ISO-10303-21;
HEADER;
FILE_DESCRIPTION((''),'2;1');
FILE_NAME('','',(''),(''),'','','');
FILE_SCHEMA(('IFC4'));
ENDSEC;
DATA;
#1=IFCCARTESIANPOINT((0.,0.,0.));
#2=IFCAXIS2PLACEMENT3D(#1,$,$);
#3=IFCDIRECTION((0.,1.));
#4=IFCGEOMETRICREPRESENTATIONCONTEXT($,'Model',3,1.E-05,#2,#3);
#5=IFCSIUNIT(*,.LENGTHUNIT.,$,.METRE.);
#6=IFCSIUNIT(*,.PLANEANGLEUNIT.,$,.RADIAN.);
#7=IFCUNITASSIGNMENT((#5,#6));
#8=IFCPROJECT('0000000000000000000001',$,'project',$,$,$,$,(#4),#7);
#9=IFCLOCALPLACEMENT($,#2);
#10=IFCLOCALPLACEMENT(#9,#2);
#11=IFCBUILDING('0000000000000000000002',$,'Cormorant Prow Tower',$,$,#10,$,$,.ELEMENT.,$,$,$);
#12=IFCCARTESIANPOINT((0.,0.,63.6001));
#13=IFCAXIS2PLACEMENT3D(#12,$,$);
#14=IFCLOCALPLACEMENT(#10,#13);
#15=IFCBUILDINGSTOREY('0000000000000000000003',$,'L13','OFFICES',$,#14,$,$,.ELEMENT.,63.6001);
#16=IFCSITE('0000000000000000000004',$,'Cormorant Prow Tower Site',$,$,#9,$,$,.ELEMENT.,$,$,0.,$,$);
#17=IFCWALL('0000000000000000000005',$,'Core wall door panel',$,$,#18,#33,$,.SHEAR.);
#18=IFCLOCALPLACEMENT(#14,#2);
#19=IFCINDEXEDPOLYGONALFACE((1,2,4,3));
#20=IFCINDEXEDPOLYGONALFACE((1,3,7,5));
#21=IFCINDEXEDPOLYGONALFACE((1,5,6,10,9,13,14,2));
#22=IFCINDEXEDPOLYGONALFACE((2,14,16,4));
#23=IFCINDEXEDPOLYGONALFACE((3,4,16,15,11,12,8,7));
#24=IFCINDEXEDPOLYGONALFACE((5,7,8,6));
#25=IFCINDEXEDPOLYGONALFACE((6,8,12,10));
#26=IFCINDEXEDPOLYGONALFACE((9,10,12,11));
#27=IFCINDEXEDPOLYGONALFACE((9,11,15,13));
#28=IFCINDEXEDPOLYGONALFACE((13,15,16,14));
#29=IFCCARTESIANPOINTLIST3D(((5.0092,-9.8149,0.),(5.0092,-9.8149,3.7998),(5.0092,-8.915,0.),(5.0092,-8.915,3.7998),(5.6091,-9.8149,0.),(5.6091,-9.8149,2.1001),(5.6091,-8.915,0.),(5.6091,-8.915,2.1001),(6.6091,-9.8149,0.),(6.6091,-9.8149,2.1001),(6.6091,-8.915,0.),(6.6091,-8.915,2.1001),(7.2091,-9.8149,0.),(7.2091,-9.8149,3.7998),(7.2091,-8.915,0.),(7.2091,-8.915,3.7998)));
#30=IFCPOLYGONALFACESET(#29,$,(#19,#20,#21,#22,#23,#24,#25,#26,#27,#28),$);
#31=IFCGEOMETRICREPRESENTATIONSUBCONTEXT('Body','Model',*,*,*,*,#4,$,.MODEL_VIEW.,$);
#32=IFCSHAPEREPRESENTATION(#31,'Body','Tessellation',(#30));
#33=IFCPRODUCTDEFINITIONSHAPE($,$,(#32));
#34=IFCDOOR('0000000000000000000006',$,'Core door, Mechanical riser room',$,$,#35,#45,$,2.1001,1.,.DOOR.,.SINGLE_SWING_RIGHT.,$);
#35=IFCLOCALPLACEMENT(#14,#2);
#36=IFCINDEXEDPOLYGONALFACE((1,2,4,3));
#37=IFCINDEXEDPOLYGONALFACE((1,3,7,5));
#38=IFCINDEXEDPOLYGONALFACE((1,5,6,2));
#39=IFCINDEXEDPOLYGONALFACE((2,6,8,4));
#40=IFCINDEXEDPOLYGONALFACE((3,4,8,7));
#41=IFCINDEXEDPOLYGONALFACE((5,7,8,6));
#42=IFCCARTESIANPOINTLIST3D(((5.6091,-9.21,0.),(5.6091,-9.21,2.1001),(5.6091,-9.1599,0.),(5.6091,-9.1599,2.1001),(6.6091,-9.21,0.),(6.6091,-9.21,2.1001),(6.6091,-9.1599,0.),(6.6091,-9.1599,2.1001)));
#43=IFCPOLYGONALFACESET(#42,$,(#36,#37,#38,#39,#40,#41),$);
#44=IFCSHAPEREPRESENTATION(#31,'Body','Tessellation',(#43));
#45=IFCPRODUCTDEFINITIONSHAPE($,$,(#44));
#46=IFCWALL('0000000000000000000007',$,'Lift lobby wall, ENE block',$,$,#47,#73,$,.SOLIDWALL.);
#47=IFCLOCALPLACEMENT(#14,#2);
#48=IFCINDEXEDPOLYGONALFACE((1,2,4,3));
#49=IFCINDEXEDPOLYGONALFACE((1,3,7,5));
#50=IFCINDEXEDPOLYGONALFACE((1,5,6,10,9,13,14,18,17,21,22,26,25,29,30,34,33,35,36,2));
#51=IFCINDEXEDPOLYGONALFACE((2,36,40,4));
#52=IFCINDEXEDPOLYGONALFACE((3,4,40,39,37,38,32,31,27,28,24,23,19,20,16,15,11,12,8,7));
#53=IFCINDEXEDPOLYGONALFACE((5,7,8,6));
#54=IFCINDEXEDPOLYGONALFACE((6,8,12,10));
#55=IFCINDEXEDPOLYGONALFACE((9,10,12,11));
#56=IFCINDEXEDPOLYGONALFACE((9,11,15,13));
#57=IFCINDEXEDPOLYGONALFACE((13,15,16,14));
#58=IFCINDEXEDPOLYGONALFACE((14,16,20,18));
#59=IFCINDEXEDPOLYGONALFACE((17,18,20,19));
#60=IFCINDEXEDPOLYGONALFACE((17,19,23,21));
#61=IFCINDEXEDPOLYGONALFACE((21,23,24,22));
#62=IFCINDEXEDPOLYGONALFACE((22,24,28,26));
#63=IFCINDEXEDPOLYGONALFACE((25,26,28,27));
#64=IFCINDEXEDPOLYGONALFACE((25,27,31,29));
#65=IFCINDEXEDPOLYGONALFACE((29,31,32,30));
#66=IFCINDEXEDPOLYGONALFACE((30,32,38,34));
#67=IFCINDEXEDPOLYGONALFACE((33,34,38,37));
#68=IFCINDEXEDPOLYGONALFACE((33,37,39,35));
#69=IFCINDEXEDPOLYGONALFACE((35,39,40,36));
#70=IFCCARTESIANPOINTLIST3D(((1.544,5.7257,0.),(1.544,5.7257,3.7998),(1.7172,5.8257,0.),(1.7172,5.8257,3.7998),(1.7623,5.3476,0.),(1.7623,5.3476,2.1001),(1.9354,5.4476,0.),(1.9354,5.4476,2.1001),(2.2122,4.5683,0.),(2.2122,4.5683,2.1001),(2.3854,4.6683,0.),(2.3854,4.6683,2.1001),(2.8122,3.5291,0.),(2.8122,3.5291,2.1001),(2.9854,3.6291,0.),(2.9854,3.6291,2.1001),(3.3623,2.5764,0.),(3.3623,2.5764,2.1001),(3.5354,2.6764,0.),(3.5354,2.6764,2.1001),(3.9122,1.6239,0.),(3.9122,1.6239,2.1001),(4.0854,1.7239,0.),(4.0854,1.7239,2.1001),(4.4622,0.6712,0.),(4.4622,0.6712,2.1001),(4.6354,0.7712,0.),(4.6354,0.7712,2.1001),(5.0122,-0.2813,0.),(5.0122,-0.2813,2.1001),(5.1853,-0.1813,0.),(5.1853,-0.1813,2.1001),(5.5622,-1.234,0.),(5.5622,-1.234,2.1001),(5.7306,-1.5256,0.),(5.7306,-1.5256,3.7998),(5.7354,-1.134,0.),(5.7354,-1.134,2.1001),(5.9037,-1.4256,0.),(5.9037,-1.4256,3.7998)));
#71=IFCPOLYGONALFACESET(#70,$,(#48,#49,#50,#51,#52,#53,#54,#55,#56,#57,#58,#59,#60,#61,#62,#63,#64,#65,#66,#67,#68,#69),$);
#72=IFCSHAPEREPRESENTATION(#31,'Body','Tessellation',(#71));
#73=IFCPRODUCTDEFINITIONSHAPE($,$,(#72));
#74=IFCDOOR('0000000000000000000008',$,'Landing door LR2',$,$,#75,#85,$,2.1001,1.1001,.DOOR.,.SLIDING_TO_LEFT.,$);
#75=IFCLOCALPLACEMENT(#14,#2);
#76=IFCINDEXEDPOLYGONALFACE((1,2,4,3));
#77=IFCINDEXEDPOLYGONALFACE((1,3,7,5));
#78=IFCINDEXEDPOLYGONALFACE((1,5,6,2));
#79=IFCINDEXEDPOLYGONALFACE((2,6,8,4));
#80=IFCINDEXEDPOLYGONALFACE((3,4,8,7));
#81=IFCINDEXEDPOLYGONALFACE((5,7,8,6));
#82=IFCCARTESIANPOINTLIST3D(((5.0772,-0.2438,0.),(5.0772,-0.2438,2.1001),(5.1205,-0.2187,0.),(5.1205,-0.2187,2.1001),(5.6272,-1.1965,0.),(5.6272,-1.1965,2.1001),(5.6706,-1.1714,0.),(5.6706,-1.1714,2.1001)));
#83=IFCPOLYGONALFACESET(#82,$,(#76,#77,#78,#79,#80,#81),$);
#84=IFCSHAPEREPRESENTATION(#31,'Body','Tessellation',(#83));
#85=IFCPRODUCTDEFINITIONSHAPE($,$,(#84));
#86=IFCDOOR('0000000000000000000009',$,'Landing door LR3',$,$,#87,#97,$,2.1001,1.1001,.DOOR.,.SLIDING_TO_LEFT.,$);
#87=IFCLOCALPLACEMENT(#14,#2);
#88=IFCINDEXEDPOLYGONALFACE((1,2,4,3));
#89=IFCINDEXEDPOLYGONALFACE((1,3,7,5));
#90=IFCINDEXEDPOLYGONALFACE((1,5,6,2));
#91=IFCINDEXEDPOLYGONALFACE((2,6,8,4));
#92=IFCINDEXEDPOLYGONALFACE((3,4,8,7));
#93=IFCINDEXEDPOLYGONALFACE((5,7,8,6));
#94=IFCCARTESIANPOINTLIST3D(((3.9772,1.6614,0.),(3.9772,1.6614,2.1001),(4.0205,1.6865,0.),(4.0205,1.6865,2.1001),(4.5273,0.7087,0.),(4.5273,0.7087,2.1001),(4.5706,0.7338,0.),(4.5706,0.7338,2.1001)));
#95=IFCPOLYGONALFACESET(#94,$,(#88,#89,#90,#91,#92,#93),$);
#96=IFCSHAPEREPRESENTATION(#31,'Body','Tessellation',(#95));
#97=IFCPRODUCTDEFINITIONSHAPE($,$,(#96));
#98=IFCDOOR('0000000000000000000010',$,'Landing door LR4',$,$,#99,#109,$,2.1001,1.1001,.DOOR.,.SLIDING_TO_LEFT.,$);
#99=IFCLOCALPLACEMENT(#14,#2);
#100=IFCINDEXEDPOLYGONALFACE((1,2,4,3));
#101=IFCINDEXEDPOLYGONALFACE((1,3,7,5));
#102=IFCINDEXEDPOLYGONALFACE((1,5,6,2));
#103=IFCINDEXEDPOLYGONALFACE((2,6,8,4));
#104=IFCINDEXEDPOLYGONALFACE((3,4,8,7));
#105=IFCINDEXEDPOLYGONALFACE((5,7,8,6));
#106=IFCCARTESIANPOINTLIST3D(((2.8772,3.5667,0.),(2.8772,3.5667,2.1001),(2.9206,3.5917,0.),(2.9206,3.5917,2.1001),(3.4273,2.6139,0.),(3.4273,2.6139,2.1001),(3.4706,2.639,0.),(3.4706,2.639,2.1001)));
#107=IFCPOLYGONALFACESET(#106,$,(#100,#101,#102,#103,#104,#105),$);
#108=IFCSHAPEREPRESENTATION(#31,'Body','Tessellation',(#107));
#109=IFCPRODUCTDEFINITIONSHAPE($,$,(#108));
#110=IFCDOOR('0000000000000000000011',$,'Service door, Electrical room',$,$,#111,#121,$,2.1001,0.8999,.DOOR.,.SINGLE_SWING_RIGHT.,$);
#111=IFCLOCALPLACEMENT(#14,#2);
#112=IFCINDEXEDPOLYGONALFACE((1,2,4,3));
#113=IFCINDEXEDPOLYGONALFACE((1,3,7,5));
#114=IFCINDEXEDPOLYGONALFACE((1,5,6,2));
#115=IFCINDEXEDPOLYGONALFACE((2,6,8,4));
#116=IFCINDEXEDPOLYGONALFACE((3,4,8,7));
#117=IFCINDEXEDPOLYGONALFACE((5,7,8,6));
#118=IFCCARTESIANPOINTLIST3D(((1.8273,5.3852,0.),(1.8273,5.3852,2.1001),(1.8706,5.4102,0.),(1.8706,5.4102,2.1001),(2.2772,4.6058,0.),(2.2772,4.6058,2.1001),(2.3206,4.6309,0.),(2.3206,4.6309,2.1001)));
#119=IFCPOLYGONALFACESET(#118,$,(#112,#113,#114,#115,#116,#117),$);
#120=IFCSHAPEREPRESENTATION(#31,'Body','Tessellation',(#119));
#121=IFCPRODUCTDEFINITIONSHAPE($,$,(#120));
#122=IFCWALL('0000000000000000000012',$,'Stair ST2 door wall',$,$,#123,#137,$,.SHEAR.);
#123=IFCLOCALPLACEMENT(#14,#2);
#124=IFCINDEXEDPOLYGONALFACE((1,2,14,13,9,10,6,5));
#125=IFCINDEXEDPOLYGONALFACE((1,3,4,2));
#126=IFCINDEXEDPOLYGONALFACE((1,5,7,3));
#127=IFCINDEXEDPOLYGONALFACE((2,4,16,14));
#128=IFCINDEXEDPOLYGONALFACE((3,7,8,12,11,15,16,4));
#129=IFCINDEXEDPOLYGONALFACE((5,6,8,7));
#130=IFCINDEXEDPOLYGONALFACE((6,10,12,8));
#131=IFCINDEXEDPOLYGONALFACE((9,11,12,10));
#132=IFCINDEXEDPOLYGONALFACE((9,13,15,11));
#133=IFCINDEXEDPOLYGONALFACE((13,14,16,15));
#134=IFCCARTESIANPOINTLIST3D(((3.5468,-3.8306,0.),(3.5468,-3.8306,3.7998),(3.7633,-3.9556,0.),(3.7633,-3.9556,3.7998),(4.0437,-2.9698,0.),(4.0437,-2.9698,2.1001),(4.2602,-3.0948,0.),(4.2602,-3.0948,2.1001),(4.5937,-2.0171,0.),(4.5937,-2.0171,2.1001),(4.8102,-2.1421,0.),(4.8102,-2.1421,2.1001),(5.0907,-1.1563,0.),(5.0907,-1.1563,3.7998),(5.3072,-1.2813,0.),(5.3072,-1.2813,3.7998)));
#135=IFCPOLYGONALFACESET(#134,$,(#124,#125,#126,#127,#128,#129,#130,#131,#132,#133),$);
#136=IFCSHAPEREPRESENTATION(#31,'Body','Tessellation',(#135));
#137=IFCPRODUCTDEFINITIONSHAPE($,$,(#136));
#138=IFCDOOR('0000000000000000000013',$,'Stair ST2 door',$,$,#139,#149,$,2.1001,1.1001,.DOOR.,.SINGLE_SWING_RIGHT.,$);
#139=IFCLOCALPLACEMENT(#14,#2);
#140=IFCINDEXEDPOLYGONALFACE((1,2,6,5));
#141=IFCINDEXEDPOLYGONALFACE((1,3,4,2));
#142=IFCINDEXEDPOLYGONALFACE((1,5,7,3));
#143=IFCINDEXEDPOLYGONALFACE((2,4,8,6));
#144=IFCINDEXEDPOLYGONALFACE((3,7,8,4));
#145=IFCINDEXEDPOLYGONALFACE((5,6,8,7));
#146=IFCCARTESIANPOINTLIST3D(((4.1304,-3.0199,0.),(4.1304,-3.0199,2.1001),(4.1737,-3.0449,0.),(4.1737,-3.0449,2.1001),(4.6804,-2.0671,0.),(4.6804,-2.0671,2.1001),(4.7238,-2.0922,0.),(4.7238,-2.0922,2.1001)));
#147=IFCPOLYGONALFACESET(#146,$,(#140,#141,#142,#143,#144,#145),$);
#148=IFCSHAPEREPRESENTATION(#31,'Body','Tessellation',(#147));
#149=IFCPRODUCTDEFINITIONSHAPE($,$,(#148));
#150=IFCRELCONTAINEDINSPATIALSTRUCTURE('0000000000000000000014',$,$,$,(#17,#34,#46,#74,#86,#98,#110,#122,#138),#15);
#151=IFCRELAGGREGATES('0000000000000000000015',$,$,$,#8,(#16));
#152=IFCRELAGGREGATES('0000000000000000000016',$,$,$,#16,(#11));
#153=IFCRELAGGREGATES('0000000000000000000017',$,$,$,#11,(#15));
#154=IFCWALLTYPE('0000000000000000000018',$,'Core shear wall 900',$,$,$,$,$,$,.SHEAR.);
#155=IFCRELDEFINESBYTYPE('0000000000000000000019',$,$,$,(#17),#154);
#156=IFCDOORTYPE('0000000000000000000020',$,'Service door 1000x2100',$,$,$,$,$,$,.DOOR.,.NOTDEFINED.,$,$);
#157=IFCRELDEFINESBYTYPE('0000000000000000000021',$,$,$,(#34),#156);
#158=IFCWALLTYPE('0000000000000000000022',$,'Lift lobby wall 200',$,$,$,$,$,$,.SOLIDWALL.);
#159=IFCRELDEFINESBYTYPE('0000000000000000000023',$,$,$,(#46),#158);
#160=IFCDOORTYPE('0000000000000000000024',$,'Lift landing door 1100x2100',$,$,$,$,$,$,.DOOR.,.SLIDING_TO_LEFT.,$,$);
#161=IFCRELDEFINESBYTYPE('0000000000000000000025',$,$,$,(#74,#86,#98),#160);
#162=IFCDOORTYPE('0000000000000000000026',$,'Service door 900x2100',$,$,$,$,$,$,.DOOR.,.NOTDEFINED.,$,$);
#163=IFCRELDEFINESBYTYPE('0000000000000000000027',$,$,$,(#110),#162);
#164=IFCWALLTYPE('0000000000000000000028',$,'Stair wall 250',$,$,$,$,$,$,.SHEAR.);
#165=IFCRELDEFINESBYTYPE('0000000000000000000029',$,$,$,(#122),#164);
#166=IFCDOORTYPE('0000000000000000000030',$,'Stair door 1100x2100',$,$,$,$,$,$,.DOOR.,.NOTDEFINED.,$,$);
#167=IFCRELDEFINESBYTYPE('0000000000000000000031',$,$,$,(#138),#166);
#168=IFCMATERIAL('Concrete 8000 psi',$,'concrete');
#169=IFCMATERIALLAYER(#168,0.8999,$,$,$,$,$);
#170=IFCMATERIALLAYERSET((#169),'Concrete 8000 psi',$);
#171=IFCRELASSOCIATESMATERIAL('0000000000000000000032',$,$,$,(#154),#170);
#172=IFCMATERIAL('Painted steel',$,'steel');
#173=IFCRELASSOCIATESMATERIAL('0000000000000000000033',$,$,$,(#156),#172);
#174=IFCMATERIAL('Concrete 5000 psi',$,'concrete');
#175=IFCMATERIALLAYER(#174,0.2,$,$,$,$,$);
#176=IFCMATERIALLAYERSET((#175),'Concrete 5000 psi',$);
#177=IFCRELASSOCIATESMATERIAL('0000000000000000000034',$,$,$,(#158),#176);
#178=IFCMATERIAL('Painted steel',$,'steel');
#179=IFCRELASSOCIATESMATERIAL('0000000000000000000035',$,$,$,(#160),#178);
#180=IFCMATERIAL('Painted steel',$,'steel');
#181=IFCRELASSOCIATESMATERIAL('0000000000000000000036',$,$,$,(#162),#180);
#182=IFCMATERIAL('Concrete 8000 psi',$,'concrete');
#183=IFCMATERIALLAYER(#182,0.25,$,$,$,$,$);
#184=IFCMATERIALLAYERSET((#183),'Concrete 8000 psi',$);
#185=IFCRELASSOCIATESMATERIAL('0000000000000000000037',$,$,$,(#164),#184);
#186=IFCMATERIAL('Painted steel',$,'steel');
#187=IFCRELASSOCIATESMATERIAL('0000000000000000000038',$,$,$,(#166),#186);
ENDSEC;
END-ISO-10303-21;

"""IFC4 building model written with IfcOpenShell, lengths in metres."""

from ifc_helpers import new_model, si_unit, direction, frame, frame_2d, origin, place, context, subcontext, project, spatial, rectangle, extrude, material, layer, layer_set, type_object, element, fill, save


model = new_model("IFC4")

# Units and contexts
model_context = context("Model", 3, precision=1e-05, world=origin(), true_north=direction((0.0, 1.0)))
body_context = subcontext(model_context, "Body", "Model", "MODEL_VIEW")
ifc_project = project(units=[si_unit("LENGTHUNIT", "METRE"), si_unit("PLANEANGLEUNIT", "RADIAN")], contexts=[model_context])

# Site, building, storey
site_placement = place(None, origin())
site = spatial("IfcSite", under=ifc_project, at=site_placement, Name="Cormorant Prow Tower Site", CompositionType="ELEMENT", RefElevation=0.0)
building_placement = place(site_placement, origin())
building = spatial("IfcBuilding", under=site, at=building_placement, Name="Cormorant Prow Tower", CompositionType="ELEMENT")
storey_placement = place(building_placement, frame((0.0, 0.0, 63.6001)))
storey = spatial("IfcBuildingStorey", under=building, at=storey_placement, Name="L13", Description="OFFICES", CompositionType="ELEMENT", Elevation=63.6001)

# Shared definitions
ifc_material_1 = material(Name="Concrete 8000 psi", Category="concrete")
ifc_layer_1 = layer(ifc_material_1, 0.8999)
ifc_layer_set_1 = layer_set([ifc_layer_1], Name="Concrete 8000 psi")
wall_type_1 = type_object("IfcWallType", Name="Core shear wall 900", PredefinedType="SHEAR", material=ifc_layer_set_1)

# Wall, opening, door
ifc_material_2 = material(Name="Painted steel", Category="steel")
door_type_1 = type_object("IfcDoorType", Name="Service door 1000x2100", OperationType="NOTDEFINED", PredefinedType="DOOR", material=ifc_material_2)
wall_1_placement = place(storey_placement, frame((5.009, -9.365, 0.0), z_axis=(0.0, 0.0, 1.0), x_axis=(1.0, 0.0, 0.0)))
wall_1 = element("IfcWall", 1, at=wall_1_placement, inside=storey, type_object=wall_type_1, Name="Core wall door panel", PredefinedType="SHEAR", context=body_context, shape_type="SweptSolid", body=[
    extrude(rectangle(XDim=2.2, YDim=0.8999, at=frame_2d((1.1001, 0.0))), origin(), (0.0, 0.0, 1.0), 3.7998),
])
opening_1_placement = place(wall_1_placement, frame((0.6001, 0.0, 0.0)))
opening_1 = element("IfcOpeningElement", 2, at=opening_1_placement, cuts=wall_1, PredefinedType="OPENING", context=body_context, shape_type="SweptSolid", body=[
    extrude(rectangle(XDim=1.0, YDim=2.1001, at=frame_2d((0.5, 1.05))), frame((0.0, 0.46, 0.0), z_axis=(0.0, -1.0, 0.0), x_axis=(1.0, 0.0, 0.0)), (0.0, 0.0, 1.0), 0.9199),
])
door_1_placement = place(opening_1_placement, origin())
door_1 = element("IfcDoor", 3, at=door_1_placement, inside=storey, type_object=door_type_1, Name="Core door, Mechanical riser room", OperationType="SINGLE_SWING_RIGHT", OverallHeight=2.1001, OverallWidth=1.0, PredefinedType="DOOR", context=body_context, shape_type="SweptSolid", body=[
    extrude(rectangle(XDim=1.0, YDim=2.1001, at=frame_2d((0.5, 1.05))), frame((0.0, 0.2051, 0.0), z_axis=(0.0, -1.0, 0.0), x_axis=(1.0, 0.0, 0.0)), (0.0, 0.0, 1.0), 0.05),
])
fill(opening_1, door_1)

# Wall, openings, doors
ifc_material_3 = material(Name="Concrete 5000 psi", Category="concrete")
ifc_layer_2 = layer(ifc_material_3, 0.2)
ifc_layer_set_2 = layer_set([ifc_layer_2], Name="Concrete 5000 psi")
wall_type_2 = type_object("IfcWallType", Name="Lift lobby wall 200", PredefinedType="SOLIDWALL", material=ifc_layer_set_2)
wall_2_placement = place(storey_placement, frame((5.8171, -1.4756, 0.0), z_axis=(0.0, 0.0, 1.0), x_axis=(-0.500003, 0.866024, 0.0)))
wall_2 = element("IfcWall", 4, at=wall_2_placement, inside=storey, type_object=wall_type_2, Name="Lift lobby wall, ENE block", PredefinedType="SOLIDWALL", context=body_context, shape_type="SweptSolid", body=[
    extrude(rectangle(XDim=8.373, YDim=0.2, at=frame_2d((4.1865, 0.0))), origin(), (0.0, 0.0, 1.0), 3.7998),
])
opening_2_placement = place(wall_2_placement, frame((0.3367, 0.0, 0.0)))
opening_2 = element("IfcOpeningElement", 5, at=opening_2_placement, cuts=wall_2, PredefinedType="OPENING", context=body_context, shape_type="SweptSolid", body=[
    extrude(rectangle(XDim=1.1001, YDim=2.1001, at=frame_2d((0.55, 1.05))), frame((0.0, 0.1099, 0.0), z_axis=(0.0, -1.0, 0.0), x_axis=(1.0, 0.0, 0.0)), (0.0, 0.0, 1.0), 0.22),
])
opening_3_placement = place(wall_2_placement, frame((2.5366, 0.0, 0.0)))
opening_3 = element("IfcOpeningElement", 6, at=opening_3_placement, cuts=wall_2, PredefinedType="OPENING", context=body_context, shape_type="SweptSolid", body=[
    extrude(rectangle(XDim=1.1001, YDim=2.1001, at=frame_2d((0.55, 1.05))), frame((0.0, 0.1099, 0.0), z_axis=(0.0, -1.0, 0.0), x_axis=(1.0, 0.0, 0.0)), (0.0, 0.0, 1.0), 0.22),
])
opening_4_placement = place(wall_2_placement, frame((4.7366, 0.0, 0.0)))
opening_4 = element("IfcOpeningElement", 7, at=opening_4_placement, cuts=wall_2, PredefinedType="OPENING", context=body_context, shape_type="SweptSolid", body=[
    extrude(rectangle(XDim=1.1001, YDim=2.1001, at=frame_2d((0.55, 1.05))), frame((0.0, 0.1099, 0.0), z_axis=(0.0, -1.0, 0.0), x_axis=(1.0, 0.0, 0.0)), (0.0, 0.0, 1.0), 0.22),
])
opening_5_placement = place(wall_2_placement, frame((7.0366, 0.0, 0.0)))
opening_5 = element("IfcOpeningElement", 8, at=opening_5_placement, cuts=wall_2, PredefinedType="OPENING", context=body_context, shape_type="SweptSolid", body=[
    extrude(rectangle(XDim=0.8999, YDim=2.1001, at=frame_2d((0.45, 1.05))), frame((0.0, 0.1099, 0.0), z_axis=(0.0, -1.0, 0.0), x_axis=(1.0, 0.0, 0.0)), (0.0, 0.0, 1.0), 0.22),
])
ifc_material_4 = material(Name="Painted steel", Category="steel")
door_type_2 = type_object("IfcDoorType", Name="Lift landing door 1100x2100", OperationType="SLIDING_TO_LEFT", PredefinedType="DOOR", material=ifc_material_4)
door_2_placement = place(opening_2_placement, origin())
door_2 = element("IfcDoor", 9, at=door_2_placement, inside=storey, type_object=door_type_2, Name="Landing door LR2", OperationType="SLIDING_TO_LEFT", OverallHeight=2.1001, OverallWidth=1.1001, PredefinedType="DOOR", context=body_context, shape_type="SweptSolid", body=[
    extrude(rectangle(XDim=1.1001, YDim=2.1001, at=frame_2d((0.55, 1.05))), frame((0.0, 0.0249, 0.0), z_axis=(0.0, -1.0, 0.0), x_axis=(1.0, 0.0, 0.0)), (0.0, 0.0, 1.0), 0.05),
])
fill(opening_2, door_2)
door_3_placement = place(opening_3_placement, origin())
door_3 = element("IfcDoor", 10, at=door_3_placement, inside=storey, type_object=door_type_2, Name="Landing door LR3", OperationType="SLIDING_TO_LEFT", OverallHeight=2.1001, OverallWidth=1.1001, PredefinedType="DOOR", context=body_context, shape_type="SweptSolid", body=[
    extrude(rectangle(XDim=1.1001, YDim=2.1001, at=frame_2d((0.55, 1.05))), frame((0.0, 0.0249, 0.0), z_axis=(0.0, -1.0, 0.0), x_axis=(1.0, 0.0, 0.0)), (0.0, 0.0, 1.0), 0.05),
])
fill(opening_3, door_3)
door_4_placement = place(opening_4_placement, origin())
door_4 = element("IfcDoor", 11, at=door_4_placement, inside=storey, type_object=door_type_2, Name="Landing door LR4", OperationType="SLIDING_TO_LEFT", OverallHeight=2.1001, OverallWidth=1.1001, PredefinedType="DOOR", context=body_context, shape_type="SweptSolid", body=[
    extrude(rectangle(XDim=1.1001, YDim=2.1001, at=frame_2d((0.55, 1.05))), frame((0.0, 0.0249, 0.0), z_axis=(0.0, -1.0, 0.0), x_axis=(1.0, 0.0, 0.0)), (0.0, 0.0, 1.0), 0.05),
])
fill(opening_4, door_4)
ifc_material_5 = material(Name="Painted steel", Category="steel")
door_type_3 = type_object("IfcDoorType", Name="Service door 900x2100", OperationType="NOTDEFINED", PredefinedType="DOOR", material=ifc_material_5)
door_5_placement = place(opening_5_placement, origin())
door_5 = element("IfcDoor", 12, at=door_5_placement, inside=storey, type_object=door_type_3, Name="Service door, Electrical room", OperationType="SINGLE_SWING_RIGHT", OverallHeight=2.1001, OverallWidth=0.8999, PredefinedType="DOOR", context=body_context, shape_type="SweptSolid", body=[
    extrude(rectangle(XDim=0.8999, YDim=2.1001, at=frame_2d((0.45, 1.05))), frame((0.0, 0.0249, 0.0), z_axis=(0.0, -1.0, 0.0), x_axis=(1.0, 0.0, 0.0)), (0.0, 0.0, 1.0), 0.05),
])
fill(opening_5, door_5)

# Wall, opening, door
ifc_material_6 = material(Name="Concrete 8000 psi", Category="concrete")
ifc_layer_3 = layer(ifc_material_6, 0.25)
ifc_layer_set_3 = layer_set([ifc_layer_3], Name="Concrete 8000 psi")
wall_type_3 = type_object("IfcWallType", Name="Stair wall 250", PredefinedType="SHEAR", material=ifc_layer_set_3)
wall_3_placement = place(storey_placement, frame((3.655, -3.8931, 0.0), z_axis=(0.0, 0.0, 1.0), x_axis=(0.499983, 0.866035, 0.0)))
wall_3 = element("IfcWall", 13, at=wall_3_placement, inside=storey, type_object=wall_type_3, Name="Stair ST2 door wall", PredefinedType="SHEAR", context=body_context, shape_type="SweptSolid", body=[
    extrude(rectangle(XDim=3.0879, YDim=0.25, at=frame_2d((1.5439, 0.0))), origin(), (0.0, 0.0, 1.0), 3.7998),
])
opening_6_placement = place(wall_3_placement, frame((0.9939, 0.0, 0.0)))
opening_6 = element("IfcOpeningElement", 14, at=opening_6_placement, cuts=wall_3, PredefinedType="OPENING", context=body_context, shape_type="SweptSolid", body=[
    extrude(rectangle(XDim=1.1001, YDim=2.1001, at=frame_2d((0.55, 1.05))), frame((0.0, 0.135, 0.0), z_axis=(0.0, -1.0, 0.0), x_axis=(1.0, 0.0, 0.0)), (0.0, 0.0, 1.0), 0.27),
])
ifc_material_7 = material(Name="Painted steel", Category="steel")
door_type_4 = type_object("IfcDoorType", Name="Stair door 1100x2100", OperationType="NOTDEFINED", PredefinedType="DOOR", material=ifc_material_7)
door_6_placement = place(opening_6_placement, origin())
door_6 = element("IfcDoor", 15, at=door_6_placement, inside=storey, type_object=door_type_4, Name="Stair ST2 door", OperationType="SINGLE_SWING_RIGHT", OverallHeight=2.1001, OverallWidth=1.1001, PredefinedType="DOOR", context=body_context, shape_type="SweptSolid", body=[
    extrude(rectangle(XDim=1.1001, YDim=2.1001, at=frame_2d((0.55, 1.05))), frame((0.0, 0.0249, 0.0), z_axis=(0.0, -1.0, 0.0), x_axis=(1.0, 0.0, 0.0)), (0.0, 0.0, 1.0), 0.05),
])
fill(opening_6, door_6)

save(model, "model.ifc")
